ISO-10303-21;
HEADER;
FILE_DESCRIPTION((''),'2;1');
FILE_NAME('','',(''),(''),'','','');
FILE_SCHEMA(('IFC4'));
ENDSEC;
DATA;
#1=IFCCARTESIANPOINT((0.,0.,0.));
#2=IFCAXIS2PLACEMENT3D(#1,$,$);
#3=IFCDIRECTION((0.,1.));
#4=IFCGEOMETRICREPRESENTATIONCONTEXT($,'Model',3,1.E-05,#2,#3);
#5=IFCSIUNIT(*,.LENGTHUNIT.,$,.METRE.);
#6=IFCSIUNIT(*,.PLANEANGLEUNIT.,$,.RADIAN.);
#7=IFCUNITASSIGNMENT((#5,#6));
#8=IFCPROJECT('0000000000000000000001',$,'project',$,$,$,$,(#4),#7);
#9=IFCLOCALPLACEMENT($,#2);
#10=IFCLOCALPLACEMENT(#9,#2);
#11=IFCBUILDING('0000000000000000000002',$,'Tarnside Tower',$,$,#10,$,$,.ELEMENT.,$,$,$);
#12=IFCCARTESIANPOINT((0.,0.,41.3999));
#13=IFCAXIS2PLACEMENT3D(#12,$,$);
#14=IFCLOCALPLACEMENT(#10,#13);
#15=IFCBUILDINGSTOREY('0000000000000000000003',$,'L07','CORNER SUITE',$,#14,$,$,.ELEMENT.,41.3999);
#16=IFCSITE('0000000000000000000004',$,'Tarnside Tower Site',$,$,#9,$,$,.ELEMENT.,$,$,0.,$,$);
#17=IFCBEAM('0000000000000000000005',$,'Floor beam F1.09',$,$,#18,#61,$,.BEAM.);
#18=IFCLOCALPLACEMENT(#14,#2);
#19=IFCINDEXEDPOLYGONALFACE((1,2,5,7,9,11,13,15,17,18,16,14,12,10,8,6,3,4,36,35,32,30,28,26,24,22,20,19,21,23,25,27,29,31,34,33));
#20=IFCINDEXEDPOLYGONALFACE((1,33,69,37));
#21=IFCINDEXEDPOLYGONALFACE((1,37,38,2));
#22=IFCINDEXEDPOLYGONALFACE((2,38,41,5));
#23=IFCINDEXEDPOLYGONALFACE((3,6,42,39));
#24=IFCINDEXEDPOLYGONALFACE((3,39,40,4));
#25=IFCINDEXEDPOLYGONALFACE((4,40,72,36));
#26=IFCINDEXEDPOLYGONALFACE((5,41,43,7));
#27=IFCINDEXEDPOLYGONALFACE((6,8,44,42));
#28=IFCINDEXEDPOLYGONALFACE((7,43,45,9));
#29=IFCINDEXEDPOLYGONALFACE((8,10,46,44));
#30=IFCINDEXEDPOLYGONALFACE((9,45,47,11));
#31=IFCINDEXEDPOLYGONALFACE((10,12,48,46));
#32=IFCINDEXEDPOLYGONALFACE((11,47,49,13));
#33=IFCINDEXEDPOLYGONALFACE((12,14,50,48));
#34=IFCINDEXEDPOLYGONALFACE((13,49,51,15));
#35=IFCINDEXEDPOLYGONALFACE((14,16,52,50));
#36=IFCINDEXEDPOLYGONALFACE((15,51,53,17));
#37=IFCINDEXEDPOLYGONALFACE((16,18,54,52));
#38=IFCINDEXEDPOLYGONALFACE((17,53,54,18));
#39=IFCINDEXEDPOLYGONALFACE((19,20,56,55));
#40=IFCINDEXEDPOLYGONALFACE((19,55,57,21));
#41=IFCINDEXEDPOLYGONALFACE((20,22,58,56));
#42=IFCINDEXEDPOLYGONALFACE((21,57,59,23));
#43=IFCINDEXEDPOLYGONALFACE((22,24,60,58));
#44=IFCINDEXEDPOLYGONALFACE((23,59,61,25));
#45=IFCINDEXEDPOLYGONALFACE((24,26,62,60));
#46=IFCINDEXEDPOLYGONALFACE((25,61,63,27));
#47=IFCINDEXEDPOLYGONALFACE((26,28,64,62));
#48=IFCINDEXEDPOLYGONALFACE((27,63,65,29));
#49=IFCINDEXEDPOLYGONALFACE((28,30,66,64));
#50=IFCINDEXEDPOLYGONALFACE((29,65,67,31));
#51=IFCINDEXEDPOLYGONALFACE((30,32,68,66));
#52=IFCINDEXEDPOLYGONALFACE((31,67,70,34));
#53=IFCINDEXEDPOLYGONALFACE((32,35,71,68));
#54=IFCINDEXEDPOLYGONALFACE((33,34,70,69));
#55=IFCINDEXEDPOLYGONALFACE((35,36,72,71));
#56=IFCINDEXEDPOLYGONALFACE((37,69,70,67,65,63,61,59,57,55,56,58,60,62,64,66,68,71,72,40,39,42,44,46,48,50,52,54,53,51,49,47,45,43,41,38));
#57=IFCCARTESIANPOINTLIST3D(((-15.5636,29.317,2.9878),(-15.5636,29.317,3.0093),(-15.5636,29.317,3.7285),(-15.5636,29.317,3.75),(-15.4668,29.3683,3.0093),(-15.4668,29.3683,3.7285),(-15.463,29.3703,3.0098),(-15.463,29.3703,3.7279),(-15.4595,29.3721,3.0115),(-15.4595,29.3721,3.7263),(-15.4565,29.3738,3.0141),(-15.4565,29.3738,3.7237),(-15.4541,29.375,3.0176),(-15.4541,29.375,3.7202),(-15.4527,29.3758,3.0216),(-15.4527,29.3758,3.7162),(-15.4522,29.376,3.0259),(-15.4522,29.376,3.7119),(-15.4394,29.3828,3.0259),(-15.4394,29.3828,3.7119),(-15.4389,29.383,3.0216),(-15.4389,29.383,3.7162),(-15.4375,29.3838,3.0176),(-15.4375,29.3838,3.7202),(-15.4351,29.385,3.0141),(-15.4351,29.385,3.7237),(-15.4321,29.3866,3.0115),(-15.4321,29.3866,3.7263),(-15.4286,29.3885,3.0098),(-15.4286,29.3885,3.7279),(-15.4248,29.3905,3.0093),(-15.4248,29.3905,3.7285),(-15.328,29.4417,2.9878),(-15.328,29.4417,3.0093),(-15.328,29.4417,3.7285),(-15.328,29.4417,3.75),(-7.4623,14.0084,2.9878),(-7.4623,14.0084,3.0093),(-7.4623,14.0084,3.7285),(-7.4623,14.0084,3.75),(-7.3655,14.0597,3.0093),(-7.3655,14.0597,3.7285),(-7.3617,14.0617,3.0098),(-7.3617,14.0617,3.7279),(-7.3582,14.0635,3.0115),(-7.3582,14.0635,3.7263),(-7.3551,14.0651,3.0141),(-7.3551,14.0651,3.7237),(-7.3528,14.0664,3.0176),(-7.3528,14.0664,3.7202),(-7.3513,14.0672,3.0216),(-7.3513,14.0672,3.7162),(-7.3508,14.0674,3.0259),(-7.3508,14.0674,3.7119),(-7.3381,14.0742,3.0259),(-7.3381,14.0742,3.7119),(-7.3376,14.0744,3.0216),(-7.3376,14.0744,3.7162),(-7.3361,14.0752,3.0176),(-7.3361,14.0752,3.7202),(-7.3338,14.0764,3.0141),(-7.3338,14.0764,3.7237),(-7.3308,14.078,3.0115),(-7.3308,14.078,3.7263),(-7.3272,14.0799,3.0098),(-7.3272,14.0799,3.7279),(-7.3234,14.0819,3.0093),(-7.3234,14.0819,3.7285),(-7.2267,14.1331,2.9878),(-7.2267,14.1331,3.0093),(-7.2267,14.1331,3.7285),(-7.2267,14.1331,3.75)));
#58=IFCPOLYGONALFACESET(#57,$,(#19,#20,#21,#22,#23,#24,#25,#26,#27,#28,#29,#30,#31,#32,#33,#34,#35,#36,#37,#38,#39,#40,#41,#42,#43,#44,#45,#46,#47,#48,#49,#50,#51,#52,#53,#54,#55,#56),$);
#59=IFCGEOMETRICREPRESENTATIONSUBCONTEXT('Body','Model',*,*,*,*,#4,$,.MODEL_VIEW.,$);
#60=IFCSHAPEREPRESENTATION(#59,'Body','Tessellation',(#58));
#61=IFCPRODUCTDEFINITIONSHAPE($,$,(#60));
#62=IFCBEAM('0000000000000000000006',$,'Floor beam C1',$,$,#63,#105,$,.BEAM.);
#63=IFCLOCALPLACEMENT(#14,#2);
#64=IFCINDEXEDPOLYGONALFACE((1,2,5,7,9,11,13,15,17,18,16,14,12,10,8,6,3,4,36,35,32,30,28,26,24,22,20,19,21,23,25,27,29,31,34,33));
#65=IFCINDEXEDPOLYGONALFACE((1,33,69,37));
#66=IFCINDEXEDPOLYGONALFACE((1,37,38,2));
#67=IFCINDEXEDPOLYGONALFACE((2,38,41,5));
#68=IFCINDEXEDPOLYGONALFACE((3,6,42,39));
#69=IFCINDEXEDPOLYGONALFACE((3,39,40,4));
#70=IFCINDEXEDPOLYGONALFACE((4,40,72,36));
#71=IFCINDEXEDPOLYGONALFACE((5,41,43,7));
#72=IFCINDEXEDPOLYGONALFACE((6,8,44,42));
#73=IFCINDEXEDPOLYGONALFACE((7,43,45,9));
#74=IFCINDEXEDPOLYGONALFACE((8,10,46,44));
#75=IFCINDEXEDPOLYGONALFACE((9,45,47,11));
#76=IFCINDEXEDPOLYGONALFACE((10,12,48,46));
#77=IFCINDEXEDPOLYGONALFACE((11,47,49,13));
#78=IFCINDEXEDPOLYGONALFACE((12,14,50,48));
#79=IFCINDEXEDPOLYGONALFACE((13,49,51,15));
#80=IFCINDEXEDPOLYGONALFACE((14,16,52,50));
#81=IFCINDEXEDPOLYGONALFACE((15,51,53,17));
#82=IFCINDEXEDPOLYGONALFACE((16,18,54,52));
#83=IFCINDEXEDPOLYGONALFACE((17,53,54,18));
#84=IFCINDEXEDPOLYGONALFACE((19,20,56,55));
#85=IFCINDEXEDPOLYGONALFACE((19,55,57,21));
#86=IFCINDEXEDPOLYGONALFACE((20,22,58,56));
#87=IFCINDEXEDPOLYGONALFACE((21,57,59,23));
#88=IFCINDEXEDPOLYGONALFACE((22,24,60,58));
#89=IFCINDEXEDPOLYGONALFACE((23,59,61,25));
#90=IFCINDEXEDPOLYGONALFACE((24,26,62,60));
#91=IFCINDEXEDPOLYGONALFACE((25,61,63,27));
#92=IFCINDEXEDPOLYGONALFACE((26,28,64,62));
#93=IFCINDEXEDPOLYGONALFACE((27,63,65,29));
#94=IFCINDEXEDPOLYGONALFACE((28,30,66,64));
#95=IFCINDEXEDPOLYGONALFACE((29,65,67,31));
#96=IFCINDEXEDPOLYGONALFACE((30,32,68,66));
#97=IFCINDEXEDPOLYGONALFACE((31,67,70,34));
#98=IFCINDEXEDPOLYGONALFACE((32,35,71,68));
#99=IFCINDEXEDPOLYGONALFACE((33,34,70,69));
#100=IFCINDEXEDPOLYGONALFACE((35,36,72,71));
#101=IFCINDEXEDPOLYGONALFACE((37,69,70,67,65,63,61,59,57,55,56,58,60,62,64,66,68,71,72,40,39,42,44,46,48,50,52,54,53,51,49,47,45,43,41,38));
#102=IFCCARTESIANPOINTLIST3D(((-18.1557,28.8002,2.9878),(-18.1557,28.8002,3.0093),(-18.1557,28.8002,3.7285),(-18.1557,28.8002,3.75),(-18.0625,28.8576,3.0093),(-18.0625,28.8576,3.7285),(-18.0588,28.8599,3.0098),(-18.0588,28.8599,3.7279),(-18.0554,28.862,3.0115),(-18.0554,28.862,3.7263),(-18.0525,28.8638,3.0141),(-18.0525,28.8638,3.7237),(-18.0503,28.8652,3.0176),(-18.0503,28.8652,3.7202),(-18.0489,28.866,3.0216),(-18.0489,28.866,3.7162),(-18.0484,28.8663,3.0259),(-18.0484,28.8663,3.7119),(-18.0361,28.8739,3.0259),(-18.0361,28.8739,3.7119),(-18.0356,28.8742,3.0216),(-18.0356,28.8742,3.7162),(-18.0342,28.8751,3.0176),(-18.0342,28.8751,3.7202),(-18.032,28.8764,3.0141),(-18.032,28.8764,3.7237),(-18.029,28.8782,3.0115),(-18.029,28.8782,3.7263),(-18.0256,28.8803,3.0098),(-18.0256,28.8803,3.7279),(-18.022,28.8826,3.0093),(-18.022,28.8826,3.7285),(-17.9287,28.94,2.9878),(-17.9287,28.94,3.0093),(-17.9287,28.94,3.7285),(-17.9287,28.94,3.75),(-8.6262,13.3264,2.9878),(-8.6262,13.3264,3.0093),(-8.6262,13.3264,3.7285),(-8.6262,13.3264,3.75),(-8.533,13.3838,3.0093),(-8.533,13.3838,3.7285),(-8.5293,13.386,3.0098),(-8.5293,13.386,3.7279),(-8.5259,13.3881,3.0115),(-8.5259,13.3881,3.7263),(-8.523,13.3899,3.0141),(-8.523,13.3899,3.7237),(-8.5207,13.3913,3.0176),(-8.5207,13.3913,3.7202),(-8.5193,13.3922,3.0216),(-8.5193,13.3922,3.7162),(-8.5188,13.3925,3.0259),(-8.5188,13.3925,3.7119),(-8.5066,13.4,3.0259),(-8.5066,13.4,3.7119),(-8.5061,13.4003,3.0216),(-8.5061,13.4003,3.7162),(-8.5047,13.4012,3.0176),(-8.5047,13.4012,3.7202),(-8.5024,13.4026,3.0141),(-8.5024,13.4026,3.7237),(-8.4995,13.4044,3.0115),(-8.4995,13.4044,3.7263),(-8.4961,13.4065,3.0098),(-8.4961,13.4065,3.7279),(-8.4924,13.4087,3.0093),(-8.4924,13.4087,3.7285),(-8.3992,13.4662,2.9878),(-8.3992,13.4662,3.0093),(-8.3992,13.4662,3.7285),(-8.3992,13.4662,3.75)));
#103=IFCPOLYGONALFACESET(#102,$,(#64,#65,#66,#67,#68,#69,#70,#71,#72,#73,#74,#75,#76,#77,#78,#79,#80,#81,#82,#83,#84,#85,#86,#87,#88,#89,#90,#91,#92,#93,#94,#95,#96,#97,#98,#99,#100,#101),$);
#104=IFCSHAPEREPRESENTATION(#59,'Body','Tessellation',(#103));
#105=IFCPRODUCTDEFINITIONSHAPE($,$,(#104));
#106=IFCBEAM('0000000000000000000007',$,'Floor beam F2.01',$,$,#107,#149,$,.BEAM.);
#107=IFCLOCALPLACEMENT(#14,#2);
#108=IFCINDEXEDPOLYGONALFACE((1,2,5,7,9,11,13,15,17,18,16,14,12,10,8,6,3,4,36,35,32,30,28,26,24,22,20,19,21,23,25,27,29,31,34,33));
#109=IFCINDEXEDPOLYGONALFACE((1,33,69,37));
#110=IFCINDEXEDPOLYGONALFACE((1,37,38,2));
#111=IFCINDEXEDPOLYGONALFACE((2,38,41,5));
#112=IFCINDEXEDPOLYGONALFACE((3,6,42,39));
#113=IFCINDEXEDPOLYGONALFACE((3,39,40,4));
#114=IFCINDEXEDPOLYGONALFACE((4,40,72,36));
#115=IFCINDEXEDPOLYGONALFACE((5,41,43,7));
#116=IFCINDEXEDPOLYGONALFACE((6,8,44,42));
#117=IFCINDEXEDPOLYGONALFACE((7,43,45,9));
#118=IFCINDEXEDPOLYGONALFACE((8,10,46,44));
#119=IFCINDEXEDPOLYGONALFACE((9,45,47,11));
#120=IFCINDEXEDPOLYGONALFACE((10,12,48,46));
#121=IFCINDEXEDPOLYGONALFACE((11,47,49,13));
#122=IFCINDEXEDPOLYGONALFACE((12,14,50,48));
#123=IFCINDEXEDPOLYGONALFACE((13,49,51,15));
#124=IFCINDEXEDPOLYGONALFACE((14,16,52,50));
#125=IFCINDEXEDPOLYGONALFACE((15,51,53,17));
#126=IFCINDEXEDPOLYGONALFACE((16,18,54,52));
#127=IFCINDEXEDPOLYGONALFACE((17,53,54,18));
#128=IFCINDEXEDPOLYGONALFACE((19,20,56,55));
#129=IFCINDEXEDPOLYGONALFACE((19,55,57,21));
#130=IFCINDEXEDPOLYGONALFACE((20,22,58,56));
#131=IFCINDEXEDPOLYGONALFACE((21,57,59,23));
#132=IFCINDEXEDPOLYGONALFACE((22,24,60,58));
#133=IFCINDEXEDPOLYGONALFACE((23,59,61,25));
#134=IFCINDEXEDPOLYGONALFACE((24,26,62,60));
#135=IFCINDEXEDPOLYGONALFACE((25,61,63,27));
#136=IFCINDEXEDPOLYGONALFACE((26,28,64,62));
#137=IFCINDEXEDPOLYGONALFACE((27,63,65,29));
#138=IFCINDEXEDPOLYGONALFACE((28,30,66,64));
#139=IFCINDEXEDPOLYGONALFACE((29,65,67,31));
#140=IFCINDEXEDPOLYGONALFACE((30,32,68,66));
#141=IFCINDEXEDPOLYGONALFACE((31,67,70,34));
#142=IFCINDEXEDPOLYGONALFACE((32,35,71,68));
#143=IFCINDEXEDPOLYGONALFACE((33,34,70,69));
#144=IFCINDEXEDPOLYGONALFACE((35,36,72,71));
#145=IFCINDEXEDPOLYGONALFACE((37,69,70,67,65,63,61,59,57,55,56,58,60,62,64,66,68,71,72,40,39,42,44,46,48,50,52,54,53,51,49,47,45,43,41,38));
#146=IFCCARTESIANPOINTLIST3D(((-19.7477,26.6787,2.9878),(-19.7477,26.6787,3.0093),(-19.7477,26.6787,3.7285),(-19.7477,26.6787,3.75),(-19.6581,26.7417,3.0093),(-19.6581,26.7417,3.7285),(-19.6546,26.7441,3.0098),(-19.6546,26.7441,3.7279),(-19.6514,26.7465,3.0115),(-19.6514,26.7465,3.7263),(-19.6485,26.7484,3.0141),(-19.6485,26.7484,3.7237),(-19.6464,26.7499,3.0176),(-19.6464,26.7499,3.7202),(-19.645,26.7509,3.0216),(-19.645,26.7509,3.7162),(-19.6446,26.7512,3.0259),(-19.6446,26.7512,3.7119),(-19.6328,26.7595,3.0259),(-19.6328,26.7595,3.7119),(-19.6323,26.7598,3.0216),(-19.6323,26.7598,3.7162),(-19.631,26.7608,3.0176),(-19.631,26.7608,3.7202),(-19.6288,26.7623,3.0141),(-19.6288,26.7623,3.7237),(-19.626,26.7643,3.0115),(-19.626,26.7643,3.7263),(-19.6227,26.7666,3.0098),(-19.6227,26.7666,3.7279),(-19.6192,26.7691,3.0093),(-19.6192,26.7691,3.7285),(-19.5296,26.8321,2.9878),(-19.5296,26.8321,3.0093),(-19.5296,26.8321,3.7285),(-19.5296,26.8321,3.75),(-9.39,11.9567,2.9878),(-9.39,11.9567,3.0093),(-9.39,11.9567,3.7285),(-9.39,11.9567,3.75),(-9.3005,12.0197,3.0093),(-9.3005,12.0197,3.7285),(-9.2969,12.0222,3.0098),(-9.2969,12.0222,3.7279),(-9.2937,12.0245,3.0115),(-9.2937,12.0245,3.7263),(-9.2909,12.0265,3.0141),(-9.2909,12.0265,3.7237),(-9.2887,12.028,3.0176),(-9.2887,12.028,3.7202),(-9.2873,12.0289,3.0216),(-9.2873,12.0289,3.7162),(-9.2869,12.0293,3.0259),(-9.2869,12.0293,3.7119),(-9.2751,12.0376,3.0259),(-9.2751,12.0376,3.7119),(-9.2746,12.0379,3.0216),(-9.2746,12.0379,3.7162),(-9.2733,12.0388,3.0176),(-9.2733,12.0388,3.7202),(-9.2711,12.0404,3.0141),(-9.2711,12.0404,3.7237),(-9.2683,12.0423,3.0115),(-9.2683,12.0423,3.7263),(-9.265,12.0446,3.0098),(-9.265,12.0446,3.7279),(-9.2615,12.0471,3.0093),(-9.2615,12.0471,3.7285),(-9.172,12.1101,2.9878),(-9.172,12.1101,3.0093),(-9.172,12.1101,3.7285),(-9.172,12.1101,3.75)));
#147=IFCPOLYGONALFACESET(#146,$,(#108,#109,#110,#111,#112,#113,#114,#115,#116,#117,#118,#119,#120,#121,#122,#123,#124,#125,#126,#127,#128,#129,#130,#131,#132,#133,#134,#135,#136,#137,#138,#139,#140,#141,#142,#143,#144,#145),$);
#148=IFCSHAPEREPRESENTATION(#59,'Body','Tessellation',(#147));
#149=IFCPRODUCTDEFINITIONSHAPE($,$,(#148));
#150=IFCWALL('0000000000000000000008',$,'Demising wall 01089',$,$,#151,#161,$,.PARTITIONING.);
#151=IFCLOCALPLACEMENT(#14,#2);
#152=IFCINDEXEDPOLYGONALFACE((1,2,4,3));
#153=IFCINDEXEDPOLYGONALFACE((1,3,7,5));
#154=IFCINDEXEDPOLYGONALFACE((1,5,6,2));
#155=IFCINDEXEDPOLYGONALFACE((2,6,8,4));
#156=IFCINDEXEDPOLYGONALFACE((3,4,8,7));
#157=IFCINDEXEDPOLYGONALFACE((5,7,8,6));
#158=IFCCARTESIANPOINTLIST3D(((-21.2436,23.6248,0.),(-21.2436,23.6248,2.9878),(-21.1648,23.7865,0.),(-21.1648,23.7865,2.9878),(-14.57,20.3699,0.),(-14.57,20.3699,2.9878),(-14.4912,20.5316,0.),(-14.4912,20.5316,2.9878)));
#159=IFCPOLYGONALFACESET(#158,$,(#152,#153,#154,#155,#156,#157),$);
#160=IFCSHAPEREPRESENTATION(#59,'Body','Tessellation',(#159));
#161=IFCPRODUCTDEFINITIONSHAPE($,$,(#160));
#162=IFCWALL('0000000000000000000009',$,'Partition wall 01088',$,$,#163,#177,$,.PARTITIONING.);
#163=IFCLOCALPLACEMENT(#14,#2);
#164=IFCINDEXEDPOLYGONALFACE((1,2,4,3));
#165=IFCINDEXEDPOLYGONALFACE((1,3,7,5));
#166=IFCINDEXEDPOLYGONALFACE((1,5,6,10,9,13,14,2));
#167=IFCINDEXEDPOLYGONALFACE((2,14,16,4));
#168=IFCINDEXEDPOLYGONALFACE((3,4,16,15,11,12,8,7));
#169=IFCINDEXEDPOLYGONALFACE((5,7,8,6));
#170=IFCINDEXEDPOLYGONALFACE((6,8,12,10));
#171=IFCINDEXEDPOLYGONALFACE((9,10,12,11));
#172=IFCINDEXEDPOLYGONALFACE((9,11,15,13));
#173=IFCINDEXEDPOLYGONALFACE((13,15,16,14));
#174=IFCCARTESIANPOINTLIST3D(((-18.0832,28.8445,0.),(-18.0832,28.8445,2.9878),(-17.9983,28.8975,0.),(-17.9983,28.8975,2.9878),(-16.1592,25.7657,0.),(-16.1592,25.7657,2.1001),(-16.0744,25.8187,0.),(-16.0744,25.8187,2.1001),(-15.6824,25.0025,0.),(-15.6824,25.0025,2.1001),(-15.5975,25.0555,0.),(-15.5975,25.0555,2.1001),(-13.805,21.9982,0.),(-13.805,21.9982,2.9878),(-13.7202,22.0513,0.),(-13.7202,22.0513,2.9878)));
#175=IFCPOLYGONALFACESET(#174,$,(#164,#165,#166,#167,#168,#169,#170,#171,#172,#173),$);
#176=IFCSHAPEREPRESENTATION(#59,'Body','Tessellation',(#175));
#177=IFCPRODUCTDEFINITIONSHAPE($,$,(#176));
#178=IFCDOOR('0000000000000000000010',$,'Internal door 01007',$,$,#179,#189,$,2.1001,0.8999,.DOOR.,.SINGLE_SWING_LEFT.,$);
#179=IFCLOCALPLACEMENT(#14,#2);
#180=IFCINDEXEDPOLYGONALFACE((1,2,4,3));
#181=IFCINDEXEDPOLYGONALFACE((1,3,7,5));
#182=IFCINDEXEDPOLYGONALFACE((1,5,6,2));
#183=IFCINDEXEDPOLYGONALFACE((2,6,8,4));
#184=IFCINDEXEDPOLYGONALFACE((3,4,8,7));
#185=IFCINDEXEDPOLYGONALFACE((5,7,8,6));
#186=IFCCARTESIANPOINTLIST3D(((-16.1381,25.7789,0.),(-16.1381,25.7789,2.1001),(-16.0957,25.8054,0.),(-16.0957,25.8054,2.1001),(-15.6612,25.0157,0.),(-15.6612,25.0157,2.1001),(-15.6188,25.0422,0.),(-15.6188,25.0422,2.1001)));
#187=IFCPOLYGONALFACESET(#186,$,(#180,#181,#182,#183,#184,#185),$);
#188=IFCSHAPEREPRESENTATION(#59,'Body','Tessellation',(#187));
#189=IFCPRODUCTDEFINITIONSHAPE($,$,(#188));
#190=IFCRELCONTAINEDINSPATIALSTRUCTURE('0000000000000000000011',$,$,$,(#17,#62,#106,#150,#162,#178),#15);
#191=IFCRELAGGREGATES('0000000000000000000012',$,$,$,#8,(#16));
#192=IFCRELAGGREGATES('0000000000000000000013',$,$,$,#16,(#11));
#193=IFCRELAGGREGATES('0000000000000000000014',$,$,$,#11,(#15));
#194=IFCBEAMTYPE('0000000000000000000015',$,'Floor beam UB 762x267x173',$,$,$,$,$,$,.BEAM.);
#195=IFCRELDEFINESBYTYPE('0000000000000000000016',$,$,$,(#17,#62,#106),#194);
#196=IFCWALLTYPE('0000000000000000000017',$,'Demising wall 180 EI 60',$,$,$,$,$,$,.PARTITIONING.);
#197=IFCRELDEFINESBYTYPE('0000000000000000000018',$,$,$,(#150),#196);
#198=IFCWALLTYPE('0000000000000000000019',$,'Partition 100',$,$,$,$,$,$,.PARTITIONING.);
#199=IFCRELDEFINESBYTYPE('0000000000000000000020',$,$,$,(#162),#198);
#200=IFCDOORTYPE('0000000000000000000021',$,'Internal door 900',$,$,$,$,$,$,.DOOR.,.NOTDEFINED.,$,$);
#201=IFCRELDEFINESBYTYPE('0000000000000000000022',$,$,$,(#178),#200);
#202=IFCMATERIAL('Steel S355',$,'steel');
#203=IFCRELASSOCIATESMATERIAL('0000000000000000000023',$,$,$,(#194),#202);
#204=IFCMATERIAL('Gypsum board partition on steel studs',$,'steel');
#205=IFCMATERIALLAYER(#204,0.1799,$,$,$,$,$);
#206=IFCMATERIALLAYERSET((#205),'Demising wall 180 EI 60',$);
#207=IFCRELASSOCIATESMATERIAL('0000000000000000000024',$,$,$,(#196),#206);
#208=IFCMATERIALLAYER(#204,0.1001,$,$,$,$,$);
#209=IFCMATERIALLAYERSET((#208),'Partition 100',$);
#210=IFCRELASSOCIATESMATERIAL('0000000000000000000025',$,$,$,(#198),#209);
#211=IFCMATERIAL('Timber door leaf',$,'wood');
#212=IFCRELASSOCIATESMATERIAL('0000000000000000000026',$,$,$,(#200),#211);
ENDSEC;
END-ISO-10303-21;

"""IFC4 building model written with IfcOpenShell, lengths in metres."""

from ifc_helpers import new_model, si_unit, direction, frame, frame_2d, origin, origin_2d, place, context, subcontext, project, spatial, rectangle, i_section, extrude, material, layer, layer_set, material_profile, profile_set, type_object, element, fill, save


model = new_model("IFC4")

# Units and contexts
model_context = context("Model", 3, precision=1e-05, world=origin(), true_north=direction((0.0, 1.0)))
body_context = subcontext(model_context, "Body", "Model", "MODEL_VIEW")
ifc_project = project(units=[si_unit("LENGTHUNIT", "METRE"), si_unit("PLANEANGLEUNIT", "RADIAN")], contexts=[model_context])

# Site, building, storey
site_placement = place(None, origin())
site = spatial("IfcSite", under=ifc_project, at=site_placement, Name="Tarnside Tower Site", CompositionType="ELEMENT", RefElevation=0.0)
building_placement = place(site_placement, origin())
building = spatial("IfcBuilding", under=site, at=building_placement, Name="Tarnside Tower", CompositionType="ELEMENT")
storey_placement = place(building_placement, frame((0.0, 0.0, 41.3999)))
storey = spatial("IfcBuildingStorey", under=building, at=storey_placement, Name="L07", Description="CORNER SUITE", CompositionType="ELEMENT", Elevation=41.3999)

# Beams
ifc_material_1 = material(Name="Steel S355", Category="steel")
ifc_material_profile = material_profile(ifc_material_1, i_section(OverallWidth=0.2666, OverallDepth=0.7622, WebThickness=0.0144, FlangeThickness=0.0215, FilletRadius=0.0166, at=origin_2d()), Name="UB 762x267x173")
ifc_profile_set = profile_set([ifc_material_profile], Name="Steel S355")
beam_type = type_object("IfcBeamType", Name="Floor beam UB 762x267x173", PredefinedType="BEAM", material=ifc_profile_set)
beam_1_placement = place(storey_placement, frame((-15.4458, 29.3794, 3.3689), z_axis=(0.467742, -0.883865, 0.0), x_axis=(0.883865, 0.467742, 0.0)))
element("IfcBeam", 1, at=beam_1_placement, inside=storey, type_object=beam_type, Name="Floor beam F1.09", PredefinedType="BEAM", context=body_context, shape_type="SweptSolid", body=[
    extrude(i_section(OverallWidth=0.2666, OverallDepth=0.7622, WebThickness=0.0144, FlangeThickness=0.0215, FilletRadius=0.0166, at=origin_2d()), origin(), (0.0, 0.0, 1.0), 17.3201),
])
beam_2_placement = place(storey_placement, frame((-18.0422, 28.8701, 3.3689), z_axis=(0.524383, -0.851483, 0.0), x_axis=(0.851483, 0.524383, 0.0)))
element("IfcBeam", 2, at=beam_2_placement, inside=storey, type_object=beam_type, Name="Floor beam C1", PredefinedType="BEAM", context=body_context, shape_type="SweptSolid", body=[
    extrude(i_section(OverallWidth=0.2666, OverallDepth=0.7622, WebThickness=0.0144, FlangeThickness=0.0215, FilletRadius=0.0166, at=origin_2d()), origin(), (0.0, 0.0, 1.0), 18.1729),
])
beam_3_placement = place(storey_placement, frame((-19.6387, 26.7554, 3.3689), z_axis=(0.575411, -0.817864, 0.0), x_axis=(0.817864, 0.575411, 0.0)))
element("IfcBeam", 3, at=beam_3_placement, inside=storey, type_object=beam_type, Name="Floor beam F2.01", PredefinedType="BEAM", context=body_context, shape_type="SweptSolid", body=[
    extrude(i_section(OverallWidth=0.2666, OverallDepth=0.7622, WebThickness=0.0144, FlangeThickness=0.0215, FilletRadius=0.0166, at=origin_2d()), origin(), (0.0, 0.0, 1.0), 18.0005),
])

# Wall
ifc_material_2 = material(Name="Gypsum board partition on steel studs", Category="steel")
ifc_layer_1 = layer(ifc_material_2, 0.1799)
ifc_layer_set_1 = layer_set([ifc_layer_1], Name="Demising wall 180 EI 60")
wall_type_1 = type_object("IfcWallType", Name="Demising wall 180 EI 60", PredefinedType="PARTITIONING", material=ifc_layer_set_1)
wall_1_placement = place(storey_placement, frame((-21.2041, 23.7056, 0.0), z_axis=(0.0, 0.0, 1.0), x_axis=(0.898796, -0.438367, 0.0)))
element("IfcWall", 4, at=wall_1_placement, inside=storey, type_object=wall_type_1, Name="Demising wall 01089", PredefinedType="PARTITIONING", context=body_context, shape_type="SweptSolid", body=[
    extrude(rectangle(XDim=7.425, YDim=0.1799, at=frame_2d((3.7124, 0.0))), origin(), (0.0, 0.0, 1.0), 2.9878),
])

# Wall, opening, door
ifc_layer_2 = layer(ifc_material_2, 0.1001)
ifc_layer_set_2 = layer_set([ifc_layer_2], Name="Partition 100")
wall_type_2 = type_object("IfcWallType", Name="Partition 100", PredefinedType="PARTITIONING", material=ifc_layer_set_2)
wall_2_placement = place(storey_placement, frame((-18.0408, 28.8711, 0.0), z_axis=(0.0, 0.0, 1.0), x_axis=(0.529928, -0.848042, 0.0)))
wall_2 = element("IfcWall", 5, at=wall_2_placement, inside=storey, type_object=wall_type_2, Name="Partition wall 01088", PredefinedType="PARTITIONING", context=body_context, shape_type="SweptSolid", body=[
    extrude(rectangle(XDim=8.073, YDim=0.1001, at=frame_2d((4.0366, 0.0))), origin(), (0.0, 0.0, 1.0), 2.9878),
])
opening_1_placement = place(wall_2_placement, frame((3.6306, 0.0, 0.0)))
opening_1 = element("IfcOpeningElement", 6, at=opening_1_placement, cuts=wall_2, PredefinedType="OPENING", context=body_context, shape_type="SweptSolid", body=[
    extrude(rectangle(XDim=0.8999, YDim=2.1001, at=frame_2d((0.45, 1.05))), frame((0.0, 0.0601, 0.0), z_axis=(0.0, -1.0, 0.0), x_axis=(1.0, 0.0, 0.0)), (0.0, 0.0, 1.0), 0.1201),
])
ifc_material_3 = material(Name="Timber door leaf", Category="wood")
door_type = type_object("IfcDoorType", Name="Internal door 900", OperationType="NOTDEFINED", PredefinedType="DOOR", material=ifc_material_3)
door_placement = place(opening_1_placement, origin())
door = element("IfcDoor", 7, at=door_placement, inside=storey, type_object=door_type, Name="Internal door 01007", OperationType="SINGLE_SWING_LEFT", OverallHeight=2.1001, OverallWidth=0.8999, PredefinedType="DOOR", context=body_context, shape_type="SweptSolid", body=[
    extrude(rectangle(XDim=0.8999, YDim=2.1001, at=frame_2d((0.45, 1.05))), frame((0.0, 0.0249, 0.0), z_axis=(0.0, -1.0, 0.0), x_axis=(1.0, 0.0, 0.0)), (0.0, 0.0, 1.0), 0.05),
])
fill(opening_1, door)

save(model, "model.ifc")
